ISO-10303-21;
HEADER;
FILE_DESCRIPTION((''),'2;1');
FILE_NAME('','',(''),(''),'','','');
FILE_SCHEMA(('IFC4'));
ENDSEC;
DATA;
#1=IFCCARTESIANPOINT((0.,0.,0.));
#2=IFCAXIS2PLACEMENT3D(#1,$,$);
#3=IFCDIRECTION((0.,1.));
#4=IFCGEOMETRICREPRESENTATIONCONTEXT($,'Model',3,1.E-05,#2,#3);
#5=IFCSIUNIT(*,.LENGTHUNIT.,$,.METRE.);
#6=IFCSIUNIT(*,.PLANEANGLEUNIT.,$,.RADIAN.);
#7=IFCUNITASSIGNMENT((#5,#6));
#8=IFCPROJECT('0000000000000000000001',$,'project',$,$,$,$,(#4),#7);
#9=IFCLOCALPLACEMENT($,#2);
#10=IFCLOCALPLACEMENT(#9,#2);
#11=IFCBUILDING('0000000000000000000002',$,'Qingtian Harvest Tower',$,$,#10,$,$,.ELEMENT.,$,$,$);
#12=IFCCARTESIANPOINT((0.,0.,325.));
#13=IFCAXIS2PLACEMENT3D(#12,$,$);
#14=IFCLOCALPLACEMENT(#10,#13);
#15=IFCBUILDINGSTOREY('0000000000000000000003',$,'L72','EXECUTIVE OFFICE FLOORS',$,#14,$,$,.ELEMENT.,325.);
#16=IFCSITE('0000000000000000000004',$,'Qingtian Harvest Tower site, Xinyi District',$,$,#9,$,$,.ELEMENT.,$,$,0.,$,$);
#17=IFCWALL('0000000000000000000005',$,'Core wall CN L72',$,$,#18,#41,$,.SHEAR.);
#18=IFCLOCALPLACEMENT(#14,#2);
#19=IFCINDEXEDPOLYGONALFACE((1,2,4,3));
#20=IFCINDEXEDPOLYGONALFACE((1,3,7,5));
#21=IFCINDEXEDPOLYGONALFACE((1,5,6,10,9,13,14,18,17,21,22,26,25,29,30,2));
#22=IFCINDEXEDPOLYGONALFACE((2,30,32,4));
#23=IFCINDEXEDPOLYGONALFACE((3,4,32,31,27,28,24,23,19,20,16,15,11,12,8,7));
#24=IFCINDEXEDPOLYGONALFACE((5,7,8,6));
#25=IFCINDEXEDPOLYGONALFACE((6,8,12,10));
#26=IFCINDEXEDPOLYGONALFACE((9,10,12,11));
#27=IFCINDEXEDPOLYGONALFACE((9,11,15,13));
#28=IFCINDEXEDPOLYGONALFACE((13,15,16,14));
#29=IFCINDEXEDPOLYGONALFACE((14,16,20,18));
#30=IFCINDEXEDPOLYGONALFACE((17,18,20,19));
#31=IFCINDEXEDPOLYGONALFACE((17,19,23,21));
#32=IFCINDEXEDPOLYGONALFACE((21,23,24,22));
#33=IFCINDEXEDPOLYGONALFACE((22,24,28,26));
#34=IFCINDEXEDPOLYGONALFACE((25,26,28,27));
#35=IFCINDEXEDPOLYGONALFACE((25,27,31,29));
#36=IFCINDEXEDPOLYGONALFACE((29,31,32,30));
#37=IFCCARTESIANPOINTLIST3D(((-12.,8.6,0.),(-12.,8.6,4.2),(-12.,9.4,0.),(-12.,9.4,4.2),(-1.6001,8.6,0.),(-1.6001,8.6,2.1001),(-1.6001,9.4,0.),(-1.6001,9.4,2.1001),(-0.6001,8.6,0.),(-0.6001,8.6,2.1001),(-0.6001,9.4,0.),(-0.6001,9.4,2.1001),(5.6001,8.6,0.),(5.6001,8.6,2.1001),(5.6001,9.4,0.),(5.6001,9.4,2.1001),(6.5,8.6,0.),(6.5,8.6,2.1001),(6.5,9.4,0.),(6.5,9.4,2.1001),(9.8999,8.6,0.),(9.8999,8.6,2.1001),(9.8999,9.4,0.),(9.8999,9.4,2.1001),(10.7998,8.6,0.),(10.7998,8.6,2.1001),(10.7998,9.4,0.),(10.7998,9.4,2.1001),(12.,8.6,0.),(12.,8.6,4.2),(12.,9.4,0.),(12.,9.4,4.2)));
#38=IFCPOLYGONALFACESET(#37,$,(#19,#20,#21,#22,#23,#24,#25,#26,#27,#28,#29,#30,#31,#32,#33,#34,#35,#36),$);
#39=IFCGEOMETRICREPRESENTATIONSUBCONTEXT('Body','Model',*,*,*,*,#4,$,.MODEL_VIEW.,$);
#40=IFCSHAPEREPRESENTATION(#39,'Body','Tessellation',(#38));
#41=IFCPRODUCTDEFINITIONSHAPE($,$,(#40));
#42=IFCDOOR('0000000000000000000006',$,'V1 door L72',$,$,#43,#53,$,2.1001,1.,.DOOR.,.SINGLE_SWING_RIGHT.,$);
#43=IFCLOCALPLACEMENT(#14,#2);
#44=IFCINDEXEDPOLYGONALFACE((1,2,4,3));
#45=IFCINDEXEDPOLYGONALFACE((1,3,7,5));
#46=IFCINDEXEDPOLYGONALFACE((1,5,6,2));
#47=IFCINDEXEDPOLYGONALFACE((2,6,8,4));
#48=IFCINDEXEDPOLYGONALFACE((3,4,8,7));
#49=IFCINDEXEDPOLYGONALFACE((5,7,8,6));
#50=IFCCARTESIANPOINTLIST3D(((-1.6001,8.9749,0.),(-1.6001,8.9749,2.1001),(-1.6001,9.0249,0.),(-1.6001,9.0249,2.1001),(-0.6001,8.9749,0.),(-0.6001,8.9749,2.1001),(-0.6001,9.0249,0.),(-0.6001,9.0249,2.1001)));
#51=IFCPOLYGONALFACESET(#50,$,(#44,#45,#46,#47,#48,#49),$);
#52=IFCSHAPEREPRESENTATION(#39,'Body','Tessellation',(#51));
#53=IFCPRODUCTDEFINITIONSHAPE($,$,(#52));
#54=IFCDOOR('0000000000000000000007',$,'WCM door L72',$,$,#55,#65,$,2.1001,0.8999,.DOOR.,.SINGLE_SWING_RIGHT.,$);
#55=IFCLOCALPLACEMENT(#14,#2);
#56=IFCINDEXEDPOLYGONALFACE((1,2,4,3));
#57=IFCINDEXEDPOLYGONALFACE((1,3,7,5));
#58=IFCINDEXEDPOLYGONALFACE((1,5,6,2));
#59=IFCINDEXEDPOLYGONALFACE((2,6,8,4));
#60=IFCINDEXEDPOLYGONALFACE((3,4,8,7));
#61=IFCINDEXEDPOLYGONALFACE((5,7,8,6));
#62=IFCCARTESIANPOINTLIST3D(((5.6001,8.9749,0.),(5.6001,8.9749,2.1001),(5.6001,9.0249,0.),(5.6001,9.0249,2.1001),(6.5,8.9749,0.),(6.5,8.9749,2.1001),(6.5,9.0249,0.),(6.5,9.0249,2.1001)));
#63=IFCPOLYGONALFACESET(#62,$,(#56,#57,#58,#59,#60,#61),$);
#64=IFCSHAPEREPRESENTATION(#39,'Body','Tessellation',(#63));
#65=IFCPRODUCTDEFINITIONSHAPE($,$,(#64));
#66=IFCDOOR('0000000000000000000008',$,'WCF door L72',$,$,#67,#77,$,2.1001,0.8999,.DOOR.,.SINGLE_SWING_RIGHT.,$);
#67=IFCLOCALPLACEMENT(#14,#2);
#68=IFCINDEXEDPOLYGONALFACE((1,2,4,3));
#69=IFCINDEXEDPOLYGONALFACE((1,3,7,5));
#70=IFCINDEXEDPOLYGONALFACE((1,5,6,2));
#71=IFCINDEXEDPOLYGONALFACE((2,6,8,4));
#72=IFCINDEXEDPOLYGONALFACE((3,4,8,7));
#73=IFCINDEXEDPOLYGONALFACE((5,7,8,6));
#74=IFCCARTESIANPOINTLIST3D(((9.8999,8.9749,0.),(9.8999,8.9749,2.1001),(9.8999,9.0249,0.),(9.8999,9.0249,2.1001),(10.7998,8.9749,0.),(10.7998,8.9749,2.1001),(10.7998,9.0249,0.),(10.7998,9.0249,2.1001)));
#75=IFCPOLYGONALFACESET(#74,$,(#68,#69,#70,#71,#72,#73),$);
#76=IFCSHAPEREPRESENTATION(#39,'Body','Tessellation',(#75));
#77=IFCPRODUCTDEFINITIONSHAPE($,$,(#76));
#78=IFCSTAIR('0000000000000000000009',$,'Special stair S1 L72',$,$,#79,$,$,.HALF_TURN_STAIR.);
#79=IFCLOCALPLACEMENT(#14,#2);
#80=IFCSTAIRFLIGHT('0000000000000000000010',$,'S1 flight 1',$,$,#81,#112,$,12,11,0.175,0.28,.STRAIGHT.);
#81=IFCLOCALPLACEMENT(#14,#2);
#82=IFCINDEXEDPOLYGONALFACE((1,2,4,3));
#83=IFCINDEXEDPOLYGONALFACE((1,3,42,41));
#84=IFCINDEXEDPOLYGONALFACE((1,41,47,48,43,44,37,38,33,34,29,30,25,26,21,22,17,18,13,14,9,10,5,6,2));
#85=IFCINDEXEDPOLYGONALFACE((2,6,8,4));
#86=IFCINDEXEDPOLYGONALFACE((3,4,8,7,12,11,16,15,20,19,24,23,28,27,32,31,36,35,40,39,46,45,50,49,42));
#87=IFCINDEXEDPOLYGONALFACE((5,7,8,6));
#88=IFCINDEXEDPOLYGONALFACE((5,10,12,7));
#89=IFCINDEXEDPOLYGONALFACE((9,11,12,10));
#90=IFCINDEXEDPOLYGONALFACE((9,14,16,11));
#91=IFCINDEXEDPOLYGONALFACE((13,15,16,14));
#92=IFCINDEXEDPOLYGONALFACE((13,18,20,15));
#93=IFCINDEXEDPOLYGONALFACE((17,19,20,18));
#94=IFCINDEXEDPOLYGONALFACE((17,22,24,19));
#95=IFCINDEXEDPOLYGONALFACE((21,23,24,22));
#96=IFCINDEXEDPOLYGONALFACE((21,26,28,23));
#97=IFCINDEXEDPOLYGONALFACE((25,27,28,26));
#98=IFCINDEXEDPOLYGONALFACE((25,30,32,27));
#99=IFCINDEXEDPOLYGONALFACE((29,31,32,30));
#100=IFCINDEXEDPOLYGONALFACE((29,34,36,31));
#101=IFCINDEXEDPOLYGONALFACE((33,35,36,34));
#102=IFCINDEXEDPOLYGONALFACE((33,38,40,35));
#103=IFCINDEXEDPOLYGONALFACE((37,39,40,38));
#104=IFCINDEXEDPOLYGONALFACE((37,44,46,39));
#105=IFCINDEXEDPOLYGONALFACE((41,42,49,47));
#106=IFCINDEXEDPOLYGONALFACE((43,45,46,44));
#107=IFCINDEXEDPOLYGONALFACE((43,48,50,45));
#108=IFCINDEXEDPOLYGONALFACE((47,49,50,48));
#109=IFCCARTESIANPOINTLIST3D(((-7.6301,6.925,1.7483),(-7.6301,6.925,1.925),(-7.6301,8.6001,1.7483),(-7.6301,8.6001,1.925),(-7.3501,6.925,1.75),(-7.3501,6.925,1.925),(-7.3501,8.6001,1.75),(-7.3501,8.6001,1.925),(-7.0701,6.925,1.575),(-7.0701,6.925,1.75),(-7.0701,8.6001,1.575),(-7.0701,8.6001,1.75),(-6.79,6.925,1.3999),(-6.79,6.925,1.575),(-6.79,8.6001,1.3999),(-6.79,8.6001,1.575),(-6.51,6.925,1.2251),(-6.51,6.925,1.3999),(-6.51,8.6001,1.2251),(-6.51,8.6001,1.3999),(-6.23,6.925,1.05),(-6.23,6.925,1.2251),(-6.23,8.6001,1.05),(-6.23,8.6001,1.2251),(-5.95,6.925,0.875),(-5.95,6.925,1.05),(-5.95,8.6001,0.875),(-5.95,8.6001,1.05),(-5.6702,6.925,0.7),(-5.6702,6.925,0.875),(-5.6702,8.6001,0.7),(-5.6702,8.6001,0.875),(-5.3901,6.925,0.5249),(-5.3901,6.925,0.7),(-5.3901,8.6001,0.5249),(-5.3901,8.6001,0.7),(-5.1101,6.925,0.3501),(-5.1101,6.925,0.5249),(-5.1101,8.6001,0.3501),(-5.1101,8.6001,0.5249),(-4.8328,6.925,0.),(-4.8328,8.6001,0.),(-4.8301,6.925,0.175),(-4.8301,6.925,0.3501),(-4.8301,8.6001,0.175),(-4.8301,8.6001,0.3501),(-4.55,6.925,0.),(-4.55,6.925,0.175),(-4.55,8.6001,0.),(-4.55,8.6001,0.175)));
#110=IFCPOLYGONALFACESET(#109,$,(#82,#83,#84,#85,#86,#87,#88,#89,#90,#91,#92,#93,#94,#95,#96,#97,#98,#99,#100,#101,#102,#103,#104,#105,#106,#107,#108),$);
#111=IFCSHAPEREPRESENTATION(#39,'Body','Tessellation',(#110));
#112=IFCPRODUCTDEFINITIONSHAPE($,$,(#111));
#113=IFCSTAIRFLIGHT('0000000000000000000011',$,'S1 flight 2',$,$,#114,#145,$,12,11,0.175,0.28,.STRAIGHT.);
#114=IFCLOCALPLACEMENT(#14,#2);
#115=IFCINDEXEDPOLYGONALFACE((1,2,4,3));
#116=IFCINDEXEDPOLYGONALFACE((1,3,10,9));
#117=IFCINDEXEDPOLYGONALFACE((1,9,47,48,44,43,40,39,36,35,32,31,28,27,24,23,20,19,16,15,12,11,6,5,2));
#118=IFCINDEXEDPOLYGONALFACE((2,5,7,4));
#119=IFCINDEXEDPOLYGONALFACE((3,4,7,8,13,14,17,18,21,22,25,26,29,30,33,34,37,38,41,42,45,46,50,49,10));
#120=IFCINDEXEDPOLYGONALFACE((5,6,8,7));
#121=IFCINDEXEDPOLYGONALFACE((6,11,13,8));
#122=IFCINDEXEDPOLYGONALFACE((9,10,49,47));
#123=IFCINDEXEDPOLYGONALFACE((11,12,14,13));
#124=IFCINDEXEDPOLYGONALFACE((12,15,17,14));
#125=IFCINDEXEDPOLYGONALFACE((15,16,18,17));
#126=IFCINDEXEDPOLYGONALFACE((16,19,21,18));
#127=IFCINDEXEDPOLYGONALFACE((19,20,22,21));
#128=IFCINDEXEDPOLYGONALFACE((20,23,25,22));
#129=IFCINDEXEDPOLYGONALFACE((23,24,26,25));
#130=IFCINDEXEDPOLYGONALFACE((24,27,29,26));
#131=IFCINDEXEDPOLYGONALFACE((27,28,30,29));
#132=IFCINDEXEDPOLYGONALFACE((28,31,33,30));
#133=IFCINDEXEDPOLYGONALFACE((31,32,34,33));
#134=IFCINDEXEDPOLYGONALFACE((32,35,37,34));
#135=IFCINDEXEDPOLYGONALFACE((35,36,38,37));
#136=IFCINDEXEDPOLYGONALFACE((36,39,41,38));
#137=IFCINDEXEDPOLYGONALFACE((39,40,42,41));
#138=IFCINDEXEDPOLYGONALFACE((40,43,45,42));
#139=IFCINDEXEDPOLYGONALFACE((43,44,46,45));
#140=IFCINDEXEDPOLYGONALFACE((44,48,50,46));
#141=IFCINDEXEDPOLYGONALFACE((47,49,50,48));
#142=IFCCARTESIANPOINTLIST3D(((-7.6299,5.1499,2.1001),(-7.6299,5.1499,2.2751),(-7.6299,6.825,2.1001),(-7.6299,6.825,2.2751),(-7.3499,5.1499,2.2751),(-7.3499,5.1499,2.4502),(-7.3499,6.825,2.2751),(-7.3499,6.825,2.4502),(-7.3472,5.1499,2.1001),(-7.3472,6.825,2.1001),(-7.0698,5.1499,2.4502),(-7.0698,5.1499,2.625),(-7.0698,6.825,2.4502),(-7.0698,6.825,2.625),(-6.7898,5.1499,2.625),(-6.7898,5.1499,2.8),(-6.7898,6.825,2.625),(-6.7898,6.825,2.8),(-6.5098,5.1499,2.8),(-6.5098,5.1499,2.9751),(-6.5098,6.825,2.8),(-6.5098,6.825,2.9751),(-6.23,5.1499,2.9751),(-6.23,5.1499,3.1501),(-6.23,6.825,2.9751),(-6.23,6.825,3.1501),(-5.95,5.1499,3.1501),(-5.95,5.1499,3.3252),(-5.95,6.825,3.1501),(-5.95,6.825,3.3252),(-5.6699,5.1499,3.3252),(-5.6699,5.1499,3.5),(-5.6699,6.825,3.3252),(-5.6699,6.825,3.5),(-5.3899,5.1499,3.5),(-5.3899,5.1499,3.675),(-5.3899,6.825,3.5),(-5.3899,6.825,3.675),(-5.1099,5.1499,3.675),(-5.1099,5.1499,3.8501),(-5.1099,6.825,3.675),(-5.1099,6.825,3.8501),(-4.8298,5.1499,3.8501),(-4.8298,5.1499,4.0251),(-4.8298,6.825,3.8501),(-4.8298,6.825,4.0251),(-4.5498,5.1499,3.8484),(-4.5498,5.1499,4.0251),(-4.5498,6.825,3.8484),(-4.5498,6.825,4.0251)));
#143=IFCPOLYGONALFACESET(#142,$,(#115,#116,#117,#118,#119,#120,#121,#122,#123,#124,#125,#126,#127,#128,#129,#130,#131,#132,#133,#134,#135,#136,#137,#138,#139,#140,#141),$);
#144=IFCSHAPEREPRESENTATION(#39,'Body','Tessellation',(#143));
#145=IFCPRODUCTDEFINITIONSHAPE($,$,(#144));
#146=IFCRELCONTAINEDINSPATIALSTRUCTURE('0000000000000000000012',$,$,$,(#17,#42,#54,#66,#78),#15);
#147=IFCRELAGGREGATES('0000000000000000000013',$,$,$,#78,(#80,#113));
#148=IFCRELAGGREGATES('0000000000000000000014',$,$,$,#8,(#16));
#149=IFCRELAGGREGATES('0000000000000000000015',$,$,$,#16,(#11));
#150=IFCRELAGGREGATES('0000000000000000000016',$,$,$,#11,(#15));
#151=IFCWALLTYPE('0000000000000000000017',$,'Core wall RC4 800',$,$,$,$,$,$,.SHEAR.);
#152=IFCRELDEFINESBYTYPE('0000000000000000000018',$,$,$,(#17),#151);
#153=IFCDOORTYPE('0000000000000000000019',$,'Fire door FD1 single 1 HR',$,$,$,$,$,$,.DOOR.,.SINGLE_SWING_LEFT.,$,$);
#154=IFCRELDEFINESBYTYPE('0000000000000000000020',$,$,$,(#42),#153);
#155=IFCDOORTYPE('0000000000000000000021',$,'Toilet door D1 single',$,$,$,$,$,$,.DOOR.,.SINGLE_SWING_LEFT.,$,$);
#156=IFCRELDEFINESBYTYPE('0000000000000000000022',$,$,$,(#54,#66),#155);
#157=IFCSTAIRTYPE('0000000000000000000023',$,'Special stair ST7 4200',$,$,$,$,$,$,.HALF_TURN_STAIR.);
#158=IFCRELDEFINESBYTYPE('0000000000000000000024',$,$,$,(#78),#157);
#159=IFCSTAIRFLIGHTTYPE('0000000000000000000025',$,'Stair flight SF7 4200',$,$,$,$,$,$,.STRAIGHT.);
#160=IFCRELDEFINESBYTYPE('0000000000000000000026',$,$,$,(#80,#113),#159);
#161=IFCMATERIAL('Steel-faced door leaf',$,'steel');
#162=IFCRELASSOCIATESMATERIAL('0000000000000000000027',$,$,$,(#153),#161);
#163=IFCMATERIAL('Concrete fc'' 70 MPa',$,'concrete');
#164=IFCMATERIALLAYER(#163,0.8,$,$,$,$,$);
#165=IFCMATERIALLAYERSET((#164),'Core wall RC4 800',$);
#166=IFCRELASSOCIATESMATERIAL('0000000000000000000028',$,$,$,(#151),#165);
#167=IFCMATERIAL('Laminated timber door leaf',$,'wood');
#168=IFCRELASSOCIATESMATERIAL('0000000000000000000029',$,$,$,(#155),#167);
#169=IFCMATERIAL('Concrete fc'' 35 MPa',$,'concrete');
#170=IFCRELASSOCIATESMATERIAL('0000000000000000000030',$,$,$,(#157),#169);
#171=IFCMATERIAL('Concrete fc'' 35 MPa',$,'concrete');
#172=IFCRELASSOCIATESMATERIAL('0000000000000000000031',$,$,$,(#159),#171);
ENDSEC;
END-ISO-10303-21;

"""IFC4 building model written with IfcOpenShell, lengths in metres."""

from ifc_helpers import new_model, si_unit, direction, frame, frame_2d, origin, place, context, subcontext, project, spatial, polyline, rectangle, outline, extrude, material, layer, layer_set, type_object, element, fill, aggregate, save


model = new_model("IFC4")

# Units and contexts
model_context = context("Model", 3, precision=1e-05, world=origin(), true_north=direction((0.0, 1.0)))
body_context = subcontext(model_context, "Body", "Model", "MODEL_VIEW")
ifc_project = project(units=[si_unit("LENGTHUNIT", "METRE"), si_unit("PLANEANGLEUNIT", "RADIAN")], contexts=[model_context])

# Site, building, storey
site_placement = place(None, origin())
site = spatial("IfcSite", under=ifc_project, at=site_placement, Name="Qingtian Harvest Tower site, Xinyi District", CompositionType="ELEMENT", RefElevation=0.0)
building_placement = place(site_placement, origin())
building = spatial("IfcBuilding", under=site, at=building_placement, Name="Qingtian Harvest Tower", CompositionType="ELEMENT")
storey_placement = place(building_placement, frame((0.0, 0.0, 325.0)))
storey = spatial("IfcBuildingStorey", under=building, at=storey_placement, Name="L72", Description="EXECUTIVE OFFICE FLOORS", CompositionType="ELEMENT", Elevation=325.0)

# Shared definitions
ifc_material_1 = material(Name="Steel-faced door leaf", Category="steel")
door_type_1 = type_object("IfcDoorType", Name="Fire door FD1 single 1 HR", OperationType="SINGLE_SWING_LEFT", PredefinedType="DOOR", material=ifc_material_1)

# Wall, openings, doors
ifc_material_2 = material(Name="Concrete fc' 70 MPa", Category="concrete")
ifc_layer_1 = layer(ifc_material_2, 0.8)
ifc_layer_set_1 = layer_set([ifc_layer_1], Name="Core wall RC4 800")
wall_type_1 = type_object("IfcWallType", Name="Core wall RC4 800", PredefinedType="SHEAR", material=ifc_layer_set_1)
wall_1_placement = place(storey_placement, frame((-12.0, 9.0, 0.0), z_axis=(0.0, 0.0, 1.0), x_axis=(1.0, 0.0, 0.0)))
wall_1 = element("IfcWall", 1, at=wall_1_placement, inside=storey, type_object=wall_type_1, Name="Core wall CN L72", PredefinedType="SHEAR", context=body_context, shape_type="SweptSolid", body=[
    extrude(rectangle(XDim=24.0, YDim=0.8, at=frame_2d((12.0, 0.0))), origin(), (0.0, 0.0, 1.0), 4.2),
])
opening_1_placement = place(wall_1_placement, frame((10.3999, 0.0, 0.0)))
opening_1 = element("IfcOpeningElement", 2, at=opening_1_placement, cuts=wall_1, PredefinedType="OPENING", context=body_context, shape_type="SweptSolid", body=[
    extrude(rectangle(XDim=1.0, YDim=2.1001, at=frame_2d((0.5, 1.05))), frame((0.0, 0.4099, 0.0), z_axis=(0.0, -1.0, 0.0), x_axis=(1.0, 0.0, 0.0)), (0.0, 0.0, 1.0), 0.8201),
])
opening_2_placement = place(wall_1_placement, frame((17.6001, 0.0, 0.0)))
opening_2 = element("IfcOpeningElement", 3, at=opening_2_placement, cuts=wall_1, PredefinedType="OPENING", context=body_context, shape_type="SweptSolid", body=[
    extrude(rectangle(XDim=0.8999, YDim=2.1001, at=frame_2d((0.45, 1.05))), frame((0.0, 0.4099, 0.0), z_axis=(0.0, -1.0, 0.0), x_axis=(1.0, 0.0, 0.0)), (0.0, 0.0, 1.0), 0.8201),
])
opening_3_placement = place(wall_1_placement, frame((21.8999, 0.0, 0.0)))
opening_3 = element("IfcOpeningElement", 4, at=opening_3_placement, cuts=wall_1, PredefinedType="OPENING", context=body_context, shape_type="SweptSolid", body=[
    extrude(rectangle(XDim=0.8999, YDim=2.1001, at=frame_2d((0.45, 1.05))), frame((0.0, 0.4099, 0.0), z_axis=(0.0, -1.0, 0.0), x_axis=(1.0, 0.0, 0.0)), (0.0, 0.0, 1.0), 0.8201),
])
door_1_placement = place(opening_1_placement, origin())
door_1 = element("IfcDoor", 5, at=door_1_placement, inside=storey, type_object=door_type_1, Name="V1 door L72", OperationType="SINGLE_SWING_RIGHT", OverallHeight=2.1001, OverallWidth=1.0, PredefinedType="DOOR", context=body_context, shape_type="SweptSolid", body=[
    extrude(rectangle(XDim=1.0, YDim=2.1001, at=frame_2d((0.5, 1.05))), frame((0.0, 0.0249, 0.0), z_axis=(0.0, -1.0, 0.0), x_axis=(1.0, 0.0, 0.0)), (0.0, 0.0, 1.0), 0.05),
])
fill(opening_1, door_1)
ifc_material_3 = material(Name="Laminated timber door leaf", Category="wood")
door_type_2 = type_object("IfcDoorType", Name="Toilet door D1 single", OperationType="SINGLE_SWING_LEFT", PredefinedType="DOOR", material=ifc_material_3)
door_2_placement = place(opening_2_placement, origin())
door_2 = element("IfcDoor", 6, at=door_2_placement, inside=storey, type_object=door_type_2, Name="WCM door L72", OperationType="SINGLE_SWING_RIGHT", OverallHeight=2.1001, OverallWidth=0.8999, PredefinedType="DOOR", context=body_context, shape_type="SweptSolid", body=[
    extrude(rectangle(XDim=0.8999, YDim=2.1001, at=frame_2d((0.45, 1.05))), frame((0.0, 0.0249, 0.0), z_axis=(0.0, -1.0, 0.0), x_axis=(1.0, 0.0, 0.0)), (0.0, 0.0, 1.0), 0.05),
])
fill(opening_2, door_2)
door_3_placement = place(opening_3_placement, origin())
door_3 = element("IfcDoor", 7, at=door_3_placement, inside=storey, type_object=door_type_2, Name="WCF door L72", OperationType="SINGLE_SWING_RIGHT", OverallHeight=2.1001, OverallWidth=0.8999, PredefinedType="DOOR", context=body_context, shape_type="SweptSolid", body=[
    extrude(rectangle(XDim=0.8999, YDim=2.1001, at=frame_2d((0.45, 1.05))), frame((0.0, 0.0249, 0.0), z_axis=(0.0, -1.0, 0.0), x_axis=(1.0, 0.0, 0.0)), (0.0, 0.0, 1.0), 0.05),
])
fill(opening_3, door_3)

# Stair, stair flights
ifc_material_4 = material(Name="Concrete fc' 35 MPa", Category="concrete")
stair_type = type_object("IfcStairType", Name="Special stair ST7 4200", PredefinedType="HALF_TURN_STAIR", material=ifc_material_4)
stair_placement = place(storey_placement, origin())
stair = element("IfcStair", 8, at=stair_placement, inside=storey, type_object=stair_type, Name="Special stair S1 L72", PredefinedType="HALF_TURN_STAIR")
ifc_material_5 = material(Name="Concrete fc' 35 MPa", Category="concrete")
stair_flight_type = type_object("IfcStairFlightType", Name="Stair flight SF7 4200", PredefinedType="STRAIGHT", material=ifc_material_5)
stair_flight_1_placement = place(storey_placement, frame((-4.55, 7.7625, 0.0), z_axis=(0.0, 0.0, 1.0), x_axis=(-1.0, 0.0, 0.0)))
stair_flight_1 = element("IfcStairFlight", 9, at=stair_flight_1_placement, type_object=stair_flight_type, Name="S1 flight 1", NumberOfRisers=12, NumberOfTreads=11, PredefinedType="STRAIGHT", RiserHeight=0.175, TreadLength=0.28, context=body_context, shape_type="SweptSolid", body=[
    extrude(outline(polyline([(0.0, 0.0), (0.0, 0.175), (0.28, 0.175), (0.28, 0.3501), (0.5601, 0.3501), (0.5601, 0.5249), (0.8401, 0.5249), (0.8401, 0.7), (1.1201, 0.7), (1.1201, 0.875), (1.3999, 0.875), (1.3999, 1.05), (1.6799, 1.05), (1.6799, 1.2251), (1.96, 1.2251), (1.96, 1.3999), (2.24, 1.3999), (2.24, 1.575), (2.52, 1.575), (2.52, 1.75), (2.8, 1.75), (2.8, 1.925), (3.0801, 1.925), (3.0801, 2.1001), (3.0801, 1.7483), (0.2827, 0.0), (0.0, 0.0)])), frame((0.0, 0.8374, 0.0), z_axis=(0.0, -1.0, 0.0), x_axis=(1.0, 0.0, 0.0)), (0.0, 0.0, 1.0), 1.675),
])
stair_flight_2_placement = place(storey_placement, frame((-7.6299, 5.9875, 2.1001), z_axis=(0.0, 0.0, 1.0), x_axis=(1.0, 0.0, 0.0)))
stair_flight_2 = element("IfcStairFlight", 10, at=stair_flight_2_placement, type_object=stair_flight_type, Name="S1 flight 2", NumberOfRisers=12, NumberOfTreads=11, PredefinedType="STRAIGHT", RiserHeight=0.175, TreadLength=0.28, context=body_context, shape_type="SweptSolid", body=[
    extrude(outline(polyline([(0.0, 0.0), (0.0, 0.175), (0.28, 0.175), (0.28, 0.3501), (0.5601, 0.3501), (0.5601, 0.5249), (0.8401, 0.5249), (0.8401, 0.7), (1.1201, 0.7), (1.1201, 0.875), (1.3999, 0.875), (1.3999, 1.05), (1.6799, 1.05), (1.6799, 1.2251), (1.96, 1.2251), (1.96, 1.3999), (2.24, 1.3999), (2.24, 1.575), (2.52, 1.575), (2.52, 1.75), (2.8, 1.75), (2.8, 1.925), (3.0801, 1.925), (3.0801, 2.1001), (3.0801, 1.7483), (0.2827, 0.0), (0.0, 0.0)])), frame((0.0, 0.8374, 0.0), z_axis=(0.0, -1.0, 0.0), x_axis=(1.0, 0.0, 0.0)), (0.0, 0.0, 1.0), 1.675),
])
aggregate(stair, [stair_flight_1, stair_flight_2])

save(model, "model.ifc")
